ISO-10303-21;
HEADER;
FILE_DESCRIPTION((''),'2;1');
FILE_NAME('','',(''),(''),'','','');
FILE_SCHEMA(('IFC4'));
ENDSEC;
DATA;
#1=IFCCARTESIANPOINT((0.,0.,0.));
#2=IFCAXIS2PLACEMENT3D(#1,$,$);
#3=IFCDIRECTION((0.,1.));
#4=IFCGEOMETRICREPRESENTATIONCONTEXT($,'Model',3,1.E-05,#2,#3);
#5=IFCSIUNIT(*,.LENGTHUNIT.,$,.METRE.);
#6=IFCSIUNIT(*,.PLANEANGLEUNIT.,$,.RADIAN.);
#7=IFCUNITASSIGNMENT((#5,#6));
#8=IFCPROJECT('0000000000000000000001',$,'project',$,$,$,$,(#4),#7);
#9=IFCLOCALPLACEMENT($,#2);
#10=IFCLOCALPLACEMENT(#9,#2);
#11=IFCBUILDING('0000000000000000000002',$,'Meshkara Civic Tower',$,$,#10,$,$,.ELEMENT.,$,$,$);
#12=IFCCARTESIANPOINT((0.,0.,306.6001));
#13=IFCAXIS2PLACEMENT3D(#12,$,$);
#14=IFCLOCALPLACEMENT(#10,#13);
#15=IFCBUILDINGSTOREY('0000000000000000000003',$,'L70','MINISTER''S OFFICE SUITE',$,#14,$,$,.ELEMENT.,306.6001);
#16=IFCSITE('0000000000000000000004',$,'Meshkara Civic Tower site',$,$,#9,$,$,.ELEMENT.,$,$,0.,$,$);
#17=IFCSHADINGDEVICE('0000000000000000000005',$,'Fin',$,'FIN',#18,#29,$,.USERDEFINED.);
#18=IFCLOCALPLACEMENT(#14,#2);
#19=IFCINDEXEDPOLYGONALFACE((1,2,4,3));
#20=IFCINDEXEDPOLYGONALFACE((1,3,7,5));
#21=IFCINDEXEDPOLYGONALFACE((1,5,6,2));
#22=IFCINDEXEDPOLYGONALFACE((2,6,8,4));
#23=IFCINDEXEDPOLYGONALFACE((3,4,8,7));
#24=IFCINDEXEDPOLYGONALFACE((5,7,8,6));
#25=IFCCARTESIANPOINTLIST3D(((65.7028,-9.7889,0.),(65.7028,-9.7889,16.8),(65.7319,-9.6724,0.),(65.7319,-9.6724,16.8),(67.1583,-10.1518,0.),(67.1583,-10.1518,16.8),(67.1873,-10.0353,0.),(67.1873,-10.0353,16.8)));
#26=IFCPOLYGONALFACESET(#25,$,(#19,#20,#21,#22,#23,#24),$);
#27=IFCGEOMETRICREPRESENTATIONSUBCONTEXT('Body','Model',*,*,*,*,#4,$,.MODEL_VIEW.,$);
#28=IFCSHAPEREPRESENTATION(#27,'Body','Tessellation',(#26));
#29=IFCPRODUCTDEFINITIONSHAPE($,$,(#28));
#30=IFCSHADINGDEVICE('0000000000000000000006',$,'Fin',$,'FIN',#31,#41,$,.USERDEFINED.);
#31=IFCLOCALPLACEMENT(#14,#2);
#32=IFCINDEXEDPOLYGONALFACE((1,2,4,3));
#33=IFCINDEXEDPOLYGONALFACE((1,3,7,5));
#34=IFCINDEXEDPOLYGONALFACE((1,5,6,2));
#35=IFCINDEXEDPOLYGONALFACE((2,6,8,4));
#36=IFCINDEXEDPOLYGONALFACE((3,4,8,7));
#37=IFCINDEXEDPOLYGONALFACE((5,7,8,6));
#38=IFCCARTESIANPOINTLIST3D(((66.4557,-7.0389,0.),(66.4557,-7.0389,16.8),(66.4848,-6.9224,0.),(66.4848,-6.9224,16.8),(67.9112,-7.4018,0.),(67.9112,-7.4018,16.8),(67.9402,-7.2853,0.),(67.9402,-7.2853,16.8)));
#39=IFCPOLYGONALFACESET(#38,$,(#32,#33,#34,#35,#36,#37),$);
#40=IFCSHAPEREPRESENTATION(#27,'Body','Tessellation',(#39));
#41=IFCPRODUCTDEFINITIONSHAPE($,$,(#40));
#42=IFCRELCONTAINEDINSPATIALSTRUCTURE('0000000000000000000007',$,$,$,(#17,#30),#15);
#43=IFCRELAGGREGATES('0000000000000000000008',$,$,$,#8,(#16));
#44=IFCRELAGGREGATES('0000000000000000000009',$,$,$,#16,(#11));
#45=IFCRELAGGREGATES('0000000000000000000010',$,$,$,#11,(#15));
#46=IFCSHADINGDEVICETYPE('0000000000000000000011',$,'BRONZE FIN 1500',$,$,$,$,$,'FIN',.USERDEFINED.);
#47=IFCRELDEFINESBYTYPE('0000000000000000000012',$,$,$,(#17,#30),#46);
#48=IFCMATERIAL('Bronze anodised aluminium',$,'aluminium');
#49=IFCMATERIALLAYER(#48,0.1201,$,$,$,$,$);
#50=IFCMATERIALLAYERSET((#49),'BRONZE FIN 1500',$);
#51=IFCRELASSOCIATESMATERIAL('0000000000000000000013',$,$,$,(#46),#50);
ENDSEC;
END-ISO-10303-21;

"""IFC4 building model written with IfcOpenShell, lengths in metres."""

from ifc_helpers import new_model, si_unit, direction, frame, origin, origin_2d, place, context, subcontext, project, spatial, rectangle, extrude, material, layer, layer_set, type_object, element, save


model = new_model("IFC4")

# Units and contexts
model_context = context("Model", 3, precision=1e-05, world=origin(), true_north=direction((0.0, 1.0)))
body_context = subcontext(model_context, "Body", "Model", "MODEL_VIEW")
ifc_project = project(units=[si_unit("LENGTHUNIT", "METRE"), si_unit("PLANEANGLEUNIT", "RADIAN")], contexts=[model_context])

# Site, building, storey
site_placement = place(None, origin())
site = spatial("IfcSite", under=ifc_project, at=site_placement, Name="Meshkara Civic Tower site", CompositionType="ELEMENT", RefElevation=0.0)
building_placement = place(site_placement, origin())
building = spatial("IfcBuilding", under=site, at=building_placement, Name="Meshkara Civic Tower", CompositionType="ELEMENT")
storey_placement = place(building_placement, frame((0.0, 0.0, 306.6001)))
storey = spatial("IfcBuildingStorey", under=building, at=storey_placement, Name="L70", Description="MINISTER'S OFFICE SUITE", CompositionType="ELEMENT", Elevation=306.6001)

# Shading devices
ifc_material_1 = material(Name="Bronze anodised aluminium", Category="aluminium")
ifc_layer_1 = layer(ifc_material_1, 0.1201)
ifc_layer_set_1 = layer_set([ifc_layer_1], Name="BRONZE FIN 1500")
shading_device_type_1 = type_object("IfcShadingDeviceType", Name="BRONZE FIN 1500", ElementType="FIN", PredefinedType="USERDEFINED", material=ifc_layer_set_1)
for number, where, z_axis, x_axis, name in (
    (1, (66.4451, -9.9121, 0.0), (0.0, 0.0, 1.0), (0.241939, 0.970292, 0.0), "Fin"),
    (2, (67.198, -7.1621, 0.0), (0.0, 0.0, 1.0), (0.241939, 0.970292, 0.0), "Fin"),
):
    element("IfcShadingDevice", number, at=place(storey_placement, frame(where, z_axis=z_axis, x_axis=x_axis)), inside=storey, type_object=shading_device_type_1, Name=name, ObjectType="FIN", PredefinedType="USERDEFINED", context=body_context, shape_type="SweptSolid", body=[
        extrude(rectangle(XDim=0.1201, YDim=1.5, at=origin_2d()), origin(), (0.0, 0.0, 1.0), 16.8),
    ])

save(model, "model.ifc")
